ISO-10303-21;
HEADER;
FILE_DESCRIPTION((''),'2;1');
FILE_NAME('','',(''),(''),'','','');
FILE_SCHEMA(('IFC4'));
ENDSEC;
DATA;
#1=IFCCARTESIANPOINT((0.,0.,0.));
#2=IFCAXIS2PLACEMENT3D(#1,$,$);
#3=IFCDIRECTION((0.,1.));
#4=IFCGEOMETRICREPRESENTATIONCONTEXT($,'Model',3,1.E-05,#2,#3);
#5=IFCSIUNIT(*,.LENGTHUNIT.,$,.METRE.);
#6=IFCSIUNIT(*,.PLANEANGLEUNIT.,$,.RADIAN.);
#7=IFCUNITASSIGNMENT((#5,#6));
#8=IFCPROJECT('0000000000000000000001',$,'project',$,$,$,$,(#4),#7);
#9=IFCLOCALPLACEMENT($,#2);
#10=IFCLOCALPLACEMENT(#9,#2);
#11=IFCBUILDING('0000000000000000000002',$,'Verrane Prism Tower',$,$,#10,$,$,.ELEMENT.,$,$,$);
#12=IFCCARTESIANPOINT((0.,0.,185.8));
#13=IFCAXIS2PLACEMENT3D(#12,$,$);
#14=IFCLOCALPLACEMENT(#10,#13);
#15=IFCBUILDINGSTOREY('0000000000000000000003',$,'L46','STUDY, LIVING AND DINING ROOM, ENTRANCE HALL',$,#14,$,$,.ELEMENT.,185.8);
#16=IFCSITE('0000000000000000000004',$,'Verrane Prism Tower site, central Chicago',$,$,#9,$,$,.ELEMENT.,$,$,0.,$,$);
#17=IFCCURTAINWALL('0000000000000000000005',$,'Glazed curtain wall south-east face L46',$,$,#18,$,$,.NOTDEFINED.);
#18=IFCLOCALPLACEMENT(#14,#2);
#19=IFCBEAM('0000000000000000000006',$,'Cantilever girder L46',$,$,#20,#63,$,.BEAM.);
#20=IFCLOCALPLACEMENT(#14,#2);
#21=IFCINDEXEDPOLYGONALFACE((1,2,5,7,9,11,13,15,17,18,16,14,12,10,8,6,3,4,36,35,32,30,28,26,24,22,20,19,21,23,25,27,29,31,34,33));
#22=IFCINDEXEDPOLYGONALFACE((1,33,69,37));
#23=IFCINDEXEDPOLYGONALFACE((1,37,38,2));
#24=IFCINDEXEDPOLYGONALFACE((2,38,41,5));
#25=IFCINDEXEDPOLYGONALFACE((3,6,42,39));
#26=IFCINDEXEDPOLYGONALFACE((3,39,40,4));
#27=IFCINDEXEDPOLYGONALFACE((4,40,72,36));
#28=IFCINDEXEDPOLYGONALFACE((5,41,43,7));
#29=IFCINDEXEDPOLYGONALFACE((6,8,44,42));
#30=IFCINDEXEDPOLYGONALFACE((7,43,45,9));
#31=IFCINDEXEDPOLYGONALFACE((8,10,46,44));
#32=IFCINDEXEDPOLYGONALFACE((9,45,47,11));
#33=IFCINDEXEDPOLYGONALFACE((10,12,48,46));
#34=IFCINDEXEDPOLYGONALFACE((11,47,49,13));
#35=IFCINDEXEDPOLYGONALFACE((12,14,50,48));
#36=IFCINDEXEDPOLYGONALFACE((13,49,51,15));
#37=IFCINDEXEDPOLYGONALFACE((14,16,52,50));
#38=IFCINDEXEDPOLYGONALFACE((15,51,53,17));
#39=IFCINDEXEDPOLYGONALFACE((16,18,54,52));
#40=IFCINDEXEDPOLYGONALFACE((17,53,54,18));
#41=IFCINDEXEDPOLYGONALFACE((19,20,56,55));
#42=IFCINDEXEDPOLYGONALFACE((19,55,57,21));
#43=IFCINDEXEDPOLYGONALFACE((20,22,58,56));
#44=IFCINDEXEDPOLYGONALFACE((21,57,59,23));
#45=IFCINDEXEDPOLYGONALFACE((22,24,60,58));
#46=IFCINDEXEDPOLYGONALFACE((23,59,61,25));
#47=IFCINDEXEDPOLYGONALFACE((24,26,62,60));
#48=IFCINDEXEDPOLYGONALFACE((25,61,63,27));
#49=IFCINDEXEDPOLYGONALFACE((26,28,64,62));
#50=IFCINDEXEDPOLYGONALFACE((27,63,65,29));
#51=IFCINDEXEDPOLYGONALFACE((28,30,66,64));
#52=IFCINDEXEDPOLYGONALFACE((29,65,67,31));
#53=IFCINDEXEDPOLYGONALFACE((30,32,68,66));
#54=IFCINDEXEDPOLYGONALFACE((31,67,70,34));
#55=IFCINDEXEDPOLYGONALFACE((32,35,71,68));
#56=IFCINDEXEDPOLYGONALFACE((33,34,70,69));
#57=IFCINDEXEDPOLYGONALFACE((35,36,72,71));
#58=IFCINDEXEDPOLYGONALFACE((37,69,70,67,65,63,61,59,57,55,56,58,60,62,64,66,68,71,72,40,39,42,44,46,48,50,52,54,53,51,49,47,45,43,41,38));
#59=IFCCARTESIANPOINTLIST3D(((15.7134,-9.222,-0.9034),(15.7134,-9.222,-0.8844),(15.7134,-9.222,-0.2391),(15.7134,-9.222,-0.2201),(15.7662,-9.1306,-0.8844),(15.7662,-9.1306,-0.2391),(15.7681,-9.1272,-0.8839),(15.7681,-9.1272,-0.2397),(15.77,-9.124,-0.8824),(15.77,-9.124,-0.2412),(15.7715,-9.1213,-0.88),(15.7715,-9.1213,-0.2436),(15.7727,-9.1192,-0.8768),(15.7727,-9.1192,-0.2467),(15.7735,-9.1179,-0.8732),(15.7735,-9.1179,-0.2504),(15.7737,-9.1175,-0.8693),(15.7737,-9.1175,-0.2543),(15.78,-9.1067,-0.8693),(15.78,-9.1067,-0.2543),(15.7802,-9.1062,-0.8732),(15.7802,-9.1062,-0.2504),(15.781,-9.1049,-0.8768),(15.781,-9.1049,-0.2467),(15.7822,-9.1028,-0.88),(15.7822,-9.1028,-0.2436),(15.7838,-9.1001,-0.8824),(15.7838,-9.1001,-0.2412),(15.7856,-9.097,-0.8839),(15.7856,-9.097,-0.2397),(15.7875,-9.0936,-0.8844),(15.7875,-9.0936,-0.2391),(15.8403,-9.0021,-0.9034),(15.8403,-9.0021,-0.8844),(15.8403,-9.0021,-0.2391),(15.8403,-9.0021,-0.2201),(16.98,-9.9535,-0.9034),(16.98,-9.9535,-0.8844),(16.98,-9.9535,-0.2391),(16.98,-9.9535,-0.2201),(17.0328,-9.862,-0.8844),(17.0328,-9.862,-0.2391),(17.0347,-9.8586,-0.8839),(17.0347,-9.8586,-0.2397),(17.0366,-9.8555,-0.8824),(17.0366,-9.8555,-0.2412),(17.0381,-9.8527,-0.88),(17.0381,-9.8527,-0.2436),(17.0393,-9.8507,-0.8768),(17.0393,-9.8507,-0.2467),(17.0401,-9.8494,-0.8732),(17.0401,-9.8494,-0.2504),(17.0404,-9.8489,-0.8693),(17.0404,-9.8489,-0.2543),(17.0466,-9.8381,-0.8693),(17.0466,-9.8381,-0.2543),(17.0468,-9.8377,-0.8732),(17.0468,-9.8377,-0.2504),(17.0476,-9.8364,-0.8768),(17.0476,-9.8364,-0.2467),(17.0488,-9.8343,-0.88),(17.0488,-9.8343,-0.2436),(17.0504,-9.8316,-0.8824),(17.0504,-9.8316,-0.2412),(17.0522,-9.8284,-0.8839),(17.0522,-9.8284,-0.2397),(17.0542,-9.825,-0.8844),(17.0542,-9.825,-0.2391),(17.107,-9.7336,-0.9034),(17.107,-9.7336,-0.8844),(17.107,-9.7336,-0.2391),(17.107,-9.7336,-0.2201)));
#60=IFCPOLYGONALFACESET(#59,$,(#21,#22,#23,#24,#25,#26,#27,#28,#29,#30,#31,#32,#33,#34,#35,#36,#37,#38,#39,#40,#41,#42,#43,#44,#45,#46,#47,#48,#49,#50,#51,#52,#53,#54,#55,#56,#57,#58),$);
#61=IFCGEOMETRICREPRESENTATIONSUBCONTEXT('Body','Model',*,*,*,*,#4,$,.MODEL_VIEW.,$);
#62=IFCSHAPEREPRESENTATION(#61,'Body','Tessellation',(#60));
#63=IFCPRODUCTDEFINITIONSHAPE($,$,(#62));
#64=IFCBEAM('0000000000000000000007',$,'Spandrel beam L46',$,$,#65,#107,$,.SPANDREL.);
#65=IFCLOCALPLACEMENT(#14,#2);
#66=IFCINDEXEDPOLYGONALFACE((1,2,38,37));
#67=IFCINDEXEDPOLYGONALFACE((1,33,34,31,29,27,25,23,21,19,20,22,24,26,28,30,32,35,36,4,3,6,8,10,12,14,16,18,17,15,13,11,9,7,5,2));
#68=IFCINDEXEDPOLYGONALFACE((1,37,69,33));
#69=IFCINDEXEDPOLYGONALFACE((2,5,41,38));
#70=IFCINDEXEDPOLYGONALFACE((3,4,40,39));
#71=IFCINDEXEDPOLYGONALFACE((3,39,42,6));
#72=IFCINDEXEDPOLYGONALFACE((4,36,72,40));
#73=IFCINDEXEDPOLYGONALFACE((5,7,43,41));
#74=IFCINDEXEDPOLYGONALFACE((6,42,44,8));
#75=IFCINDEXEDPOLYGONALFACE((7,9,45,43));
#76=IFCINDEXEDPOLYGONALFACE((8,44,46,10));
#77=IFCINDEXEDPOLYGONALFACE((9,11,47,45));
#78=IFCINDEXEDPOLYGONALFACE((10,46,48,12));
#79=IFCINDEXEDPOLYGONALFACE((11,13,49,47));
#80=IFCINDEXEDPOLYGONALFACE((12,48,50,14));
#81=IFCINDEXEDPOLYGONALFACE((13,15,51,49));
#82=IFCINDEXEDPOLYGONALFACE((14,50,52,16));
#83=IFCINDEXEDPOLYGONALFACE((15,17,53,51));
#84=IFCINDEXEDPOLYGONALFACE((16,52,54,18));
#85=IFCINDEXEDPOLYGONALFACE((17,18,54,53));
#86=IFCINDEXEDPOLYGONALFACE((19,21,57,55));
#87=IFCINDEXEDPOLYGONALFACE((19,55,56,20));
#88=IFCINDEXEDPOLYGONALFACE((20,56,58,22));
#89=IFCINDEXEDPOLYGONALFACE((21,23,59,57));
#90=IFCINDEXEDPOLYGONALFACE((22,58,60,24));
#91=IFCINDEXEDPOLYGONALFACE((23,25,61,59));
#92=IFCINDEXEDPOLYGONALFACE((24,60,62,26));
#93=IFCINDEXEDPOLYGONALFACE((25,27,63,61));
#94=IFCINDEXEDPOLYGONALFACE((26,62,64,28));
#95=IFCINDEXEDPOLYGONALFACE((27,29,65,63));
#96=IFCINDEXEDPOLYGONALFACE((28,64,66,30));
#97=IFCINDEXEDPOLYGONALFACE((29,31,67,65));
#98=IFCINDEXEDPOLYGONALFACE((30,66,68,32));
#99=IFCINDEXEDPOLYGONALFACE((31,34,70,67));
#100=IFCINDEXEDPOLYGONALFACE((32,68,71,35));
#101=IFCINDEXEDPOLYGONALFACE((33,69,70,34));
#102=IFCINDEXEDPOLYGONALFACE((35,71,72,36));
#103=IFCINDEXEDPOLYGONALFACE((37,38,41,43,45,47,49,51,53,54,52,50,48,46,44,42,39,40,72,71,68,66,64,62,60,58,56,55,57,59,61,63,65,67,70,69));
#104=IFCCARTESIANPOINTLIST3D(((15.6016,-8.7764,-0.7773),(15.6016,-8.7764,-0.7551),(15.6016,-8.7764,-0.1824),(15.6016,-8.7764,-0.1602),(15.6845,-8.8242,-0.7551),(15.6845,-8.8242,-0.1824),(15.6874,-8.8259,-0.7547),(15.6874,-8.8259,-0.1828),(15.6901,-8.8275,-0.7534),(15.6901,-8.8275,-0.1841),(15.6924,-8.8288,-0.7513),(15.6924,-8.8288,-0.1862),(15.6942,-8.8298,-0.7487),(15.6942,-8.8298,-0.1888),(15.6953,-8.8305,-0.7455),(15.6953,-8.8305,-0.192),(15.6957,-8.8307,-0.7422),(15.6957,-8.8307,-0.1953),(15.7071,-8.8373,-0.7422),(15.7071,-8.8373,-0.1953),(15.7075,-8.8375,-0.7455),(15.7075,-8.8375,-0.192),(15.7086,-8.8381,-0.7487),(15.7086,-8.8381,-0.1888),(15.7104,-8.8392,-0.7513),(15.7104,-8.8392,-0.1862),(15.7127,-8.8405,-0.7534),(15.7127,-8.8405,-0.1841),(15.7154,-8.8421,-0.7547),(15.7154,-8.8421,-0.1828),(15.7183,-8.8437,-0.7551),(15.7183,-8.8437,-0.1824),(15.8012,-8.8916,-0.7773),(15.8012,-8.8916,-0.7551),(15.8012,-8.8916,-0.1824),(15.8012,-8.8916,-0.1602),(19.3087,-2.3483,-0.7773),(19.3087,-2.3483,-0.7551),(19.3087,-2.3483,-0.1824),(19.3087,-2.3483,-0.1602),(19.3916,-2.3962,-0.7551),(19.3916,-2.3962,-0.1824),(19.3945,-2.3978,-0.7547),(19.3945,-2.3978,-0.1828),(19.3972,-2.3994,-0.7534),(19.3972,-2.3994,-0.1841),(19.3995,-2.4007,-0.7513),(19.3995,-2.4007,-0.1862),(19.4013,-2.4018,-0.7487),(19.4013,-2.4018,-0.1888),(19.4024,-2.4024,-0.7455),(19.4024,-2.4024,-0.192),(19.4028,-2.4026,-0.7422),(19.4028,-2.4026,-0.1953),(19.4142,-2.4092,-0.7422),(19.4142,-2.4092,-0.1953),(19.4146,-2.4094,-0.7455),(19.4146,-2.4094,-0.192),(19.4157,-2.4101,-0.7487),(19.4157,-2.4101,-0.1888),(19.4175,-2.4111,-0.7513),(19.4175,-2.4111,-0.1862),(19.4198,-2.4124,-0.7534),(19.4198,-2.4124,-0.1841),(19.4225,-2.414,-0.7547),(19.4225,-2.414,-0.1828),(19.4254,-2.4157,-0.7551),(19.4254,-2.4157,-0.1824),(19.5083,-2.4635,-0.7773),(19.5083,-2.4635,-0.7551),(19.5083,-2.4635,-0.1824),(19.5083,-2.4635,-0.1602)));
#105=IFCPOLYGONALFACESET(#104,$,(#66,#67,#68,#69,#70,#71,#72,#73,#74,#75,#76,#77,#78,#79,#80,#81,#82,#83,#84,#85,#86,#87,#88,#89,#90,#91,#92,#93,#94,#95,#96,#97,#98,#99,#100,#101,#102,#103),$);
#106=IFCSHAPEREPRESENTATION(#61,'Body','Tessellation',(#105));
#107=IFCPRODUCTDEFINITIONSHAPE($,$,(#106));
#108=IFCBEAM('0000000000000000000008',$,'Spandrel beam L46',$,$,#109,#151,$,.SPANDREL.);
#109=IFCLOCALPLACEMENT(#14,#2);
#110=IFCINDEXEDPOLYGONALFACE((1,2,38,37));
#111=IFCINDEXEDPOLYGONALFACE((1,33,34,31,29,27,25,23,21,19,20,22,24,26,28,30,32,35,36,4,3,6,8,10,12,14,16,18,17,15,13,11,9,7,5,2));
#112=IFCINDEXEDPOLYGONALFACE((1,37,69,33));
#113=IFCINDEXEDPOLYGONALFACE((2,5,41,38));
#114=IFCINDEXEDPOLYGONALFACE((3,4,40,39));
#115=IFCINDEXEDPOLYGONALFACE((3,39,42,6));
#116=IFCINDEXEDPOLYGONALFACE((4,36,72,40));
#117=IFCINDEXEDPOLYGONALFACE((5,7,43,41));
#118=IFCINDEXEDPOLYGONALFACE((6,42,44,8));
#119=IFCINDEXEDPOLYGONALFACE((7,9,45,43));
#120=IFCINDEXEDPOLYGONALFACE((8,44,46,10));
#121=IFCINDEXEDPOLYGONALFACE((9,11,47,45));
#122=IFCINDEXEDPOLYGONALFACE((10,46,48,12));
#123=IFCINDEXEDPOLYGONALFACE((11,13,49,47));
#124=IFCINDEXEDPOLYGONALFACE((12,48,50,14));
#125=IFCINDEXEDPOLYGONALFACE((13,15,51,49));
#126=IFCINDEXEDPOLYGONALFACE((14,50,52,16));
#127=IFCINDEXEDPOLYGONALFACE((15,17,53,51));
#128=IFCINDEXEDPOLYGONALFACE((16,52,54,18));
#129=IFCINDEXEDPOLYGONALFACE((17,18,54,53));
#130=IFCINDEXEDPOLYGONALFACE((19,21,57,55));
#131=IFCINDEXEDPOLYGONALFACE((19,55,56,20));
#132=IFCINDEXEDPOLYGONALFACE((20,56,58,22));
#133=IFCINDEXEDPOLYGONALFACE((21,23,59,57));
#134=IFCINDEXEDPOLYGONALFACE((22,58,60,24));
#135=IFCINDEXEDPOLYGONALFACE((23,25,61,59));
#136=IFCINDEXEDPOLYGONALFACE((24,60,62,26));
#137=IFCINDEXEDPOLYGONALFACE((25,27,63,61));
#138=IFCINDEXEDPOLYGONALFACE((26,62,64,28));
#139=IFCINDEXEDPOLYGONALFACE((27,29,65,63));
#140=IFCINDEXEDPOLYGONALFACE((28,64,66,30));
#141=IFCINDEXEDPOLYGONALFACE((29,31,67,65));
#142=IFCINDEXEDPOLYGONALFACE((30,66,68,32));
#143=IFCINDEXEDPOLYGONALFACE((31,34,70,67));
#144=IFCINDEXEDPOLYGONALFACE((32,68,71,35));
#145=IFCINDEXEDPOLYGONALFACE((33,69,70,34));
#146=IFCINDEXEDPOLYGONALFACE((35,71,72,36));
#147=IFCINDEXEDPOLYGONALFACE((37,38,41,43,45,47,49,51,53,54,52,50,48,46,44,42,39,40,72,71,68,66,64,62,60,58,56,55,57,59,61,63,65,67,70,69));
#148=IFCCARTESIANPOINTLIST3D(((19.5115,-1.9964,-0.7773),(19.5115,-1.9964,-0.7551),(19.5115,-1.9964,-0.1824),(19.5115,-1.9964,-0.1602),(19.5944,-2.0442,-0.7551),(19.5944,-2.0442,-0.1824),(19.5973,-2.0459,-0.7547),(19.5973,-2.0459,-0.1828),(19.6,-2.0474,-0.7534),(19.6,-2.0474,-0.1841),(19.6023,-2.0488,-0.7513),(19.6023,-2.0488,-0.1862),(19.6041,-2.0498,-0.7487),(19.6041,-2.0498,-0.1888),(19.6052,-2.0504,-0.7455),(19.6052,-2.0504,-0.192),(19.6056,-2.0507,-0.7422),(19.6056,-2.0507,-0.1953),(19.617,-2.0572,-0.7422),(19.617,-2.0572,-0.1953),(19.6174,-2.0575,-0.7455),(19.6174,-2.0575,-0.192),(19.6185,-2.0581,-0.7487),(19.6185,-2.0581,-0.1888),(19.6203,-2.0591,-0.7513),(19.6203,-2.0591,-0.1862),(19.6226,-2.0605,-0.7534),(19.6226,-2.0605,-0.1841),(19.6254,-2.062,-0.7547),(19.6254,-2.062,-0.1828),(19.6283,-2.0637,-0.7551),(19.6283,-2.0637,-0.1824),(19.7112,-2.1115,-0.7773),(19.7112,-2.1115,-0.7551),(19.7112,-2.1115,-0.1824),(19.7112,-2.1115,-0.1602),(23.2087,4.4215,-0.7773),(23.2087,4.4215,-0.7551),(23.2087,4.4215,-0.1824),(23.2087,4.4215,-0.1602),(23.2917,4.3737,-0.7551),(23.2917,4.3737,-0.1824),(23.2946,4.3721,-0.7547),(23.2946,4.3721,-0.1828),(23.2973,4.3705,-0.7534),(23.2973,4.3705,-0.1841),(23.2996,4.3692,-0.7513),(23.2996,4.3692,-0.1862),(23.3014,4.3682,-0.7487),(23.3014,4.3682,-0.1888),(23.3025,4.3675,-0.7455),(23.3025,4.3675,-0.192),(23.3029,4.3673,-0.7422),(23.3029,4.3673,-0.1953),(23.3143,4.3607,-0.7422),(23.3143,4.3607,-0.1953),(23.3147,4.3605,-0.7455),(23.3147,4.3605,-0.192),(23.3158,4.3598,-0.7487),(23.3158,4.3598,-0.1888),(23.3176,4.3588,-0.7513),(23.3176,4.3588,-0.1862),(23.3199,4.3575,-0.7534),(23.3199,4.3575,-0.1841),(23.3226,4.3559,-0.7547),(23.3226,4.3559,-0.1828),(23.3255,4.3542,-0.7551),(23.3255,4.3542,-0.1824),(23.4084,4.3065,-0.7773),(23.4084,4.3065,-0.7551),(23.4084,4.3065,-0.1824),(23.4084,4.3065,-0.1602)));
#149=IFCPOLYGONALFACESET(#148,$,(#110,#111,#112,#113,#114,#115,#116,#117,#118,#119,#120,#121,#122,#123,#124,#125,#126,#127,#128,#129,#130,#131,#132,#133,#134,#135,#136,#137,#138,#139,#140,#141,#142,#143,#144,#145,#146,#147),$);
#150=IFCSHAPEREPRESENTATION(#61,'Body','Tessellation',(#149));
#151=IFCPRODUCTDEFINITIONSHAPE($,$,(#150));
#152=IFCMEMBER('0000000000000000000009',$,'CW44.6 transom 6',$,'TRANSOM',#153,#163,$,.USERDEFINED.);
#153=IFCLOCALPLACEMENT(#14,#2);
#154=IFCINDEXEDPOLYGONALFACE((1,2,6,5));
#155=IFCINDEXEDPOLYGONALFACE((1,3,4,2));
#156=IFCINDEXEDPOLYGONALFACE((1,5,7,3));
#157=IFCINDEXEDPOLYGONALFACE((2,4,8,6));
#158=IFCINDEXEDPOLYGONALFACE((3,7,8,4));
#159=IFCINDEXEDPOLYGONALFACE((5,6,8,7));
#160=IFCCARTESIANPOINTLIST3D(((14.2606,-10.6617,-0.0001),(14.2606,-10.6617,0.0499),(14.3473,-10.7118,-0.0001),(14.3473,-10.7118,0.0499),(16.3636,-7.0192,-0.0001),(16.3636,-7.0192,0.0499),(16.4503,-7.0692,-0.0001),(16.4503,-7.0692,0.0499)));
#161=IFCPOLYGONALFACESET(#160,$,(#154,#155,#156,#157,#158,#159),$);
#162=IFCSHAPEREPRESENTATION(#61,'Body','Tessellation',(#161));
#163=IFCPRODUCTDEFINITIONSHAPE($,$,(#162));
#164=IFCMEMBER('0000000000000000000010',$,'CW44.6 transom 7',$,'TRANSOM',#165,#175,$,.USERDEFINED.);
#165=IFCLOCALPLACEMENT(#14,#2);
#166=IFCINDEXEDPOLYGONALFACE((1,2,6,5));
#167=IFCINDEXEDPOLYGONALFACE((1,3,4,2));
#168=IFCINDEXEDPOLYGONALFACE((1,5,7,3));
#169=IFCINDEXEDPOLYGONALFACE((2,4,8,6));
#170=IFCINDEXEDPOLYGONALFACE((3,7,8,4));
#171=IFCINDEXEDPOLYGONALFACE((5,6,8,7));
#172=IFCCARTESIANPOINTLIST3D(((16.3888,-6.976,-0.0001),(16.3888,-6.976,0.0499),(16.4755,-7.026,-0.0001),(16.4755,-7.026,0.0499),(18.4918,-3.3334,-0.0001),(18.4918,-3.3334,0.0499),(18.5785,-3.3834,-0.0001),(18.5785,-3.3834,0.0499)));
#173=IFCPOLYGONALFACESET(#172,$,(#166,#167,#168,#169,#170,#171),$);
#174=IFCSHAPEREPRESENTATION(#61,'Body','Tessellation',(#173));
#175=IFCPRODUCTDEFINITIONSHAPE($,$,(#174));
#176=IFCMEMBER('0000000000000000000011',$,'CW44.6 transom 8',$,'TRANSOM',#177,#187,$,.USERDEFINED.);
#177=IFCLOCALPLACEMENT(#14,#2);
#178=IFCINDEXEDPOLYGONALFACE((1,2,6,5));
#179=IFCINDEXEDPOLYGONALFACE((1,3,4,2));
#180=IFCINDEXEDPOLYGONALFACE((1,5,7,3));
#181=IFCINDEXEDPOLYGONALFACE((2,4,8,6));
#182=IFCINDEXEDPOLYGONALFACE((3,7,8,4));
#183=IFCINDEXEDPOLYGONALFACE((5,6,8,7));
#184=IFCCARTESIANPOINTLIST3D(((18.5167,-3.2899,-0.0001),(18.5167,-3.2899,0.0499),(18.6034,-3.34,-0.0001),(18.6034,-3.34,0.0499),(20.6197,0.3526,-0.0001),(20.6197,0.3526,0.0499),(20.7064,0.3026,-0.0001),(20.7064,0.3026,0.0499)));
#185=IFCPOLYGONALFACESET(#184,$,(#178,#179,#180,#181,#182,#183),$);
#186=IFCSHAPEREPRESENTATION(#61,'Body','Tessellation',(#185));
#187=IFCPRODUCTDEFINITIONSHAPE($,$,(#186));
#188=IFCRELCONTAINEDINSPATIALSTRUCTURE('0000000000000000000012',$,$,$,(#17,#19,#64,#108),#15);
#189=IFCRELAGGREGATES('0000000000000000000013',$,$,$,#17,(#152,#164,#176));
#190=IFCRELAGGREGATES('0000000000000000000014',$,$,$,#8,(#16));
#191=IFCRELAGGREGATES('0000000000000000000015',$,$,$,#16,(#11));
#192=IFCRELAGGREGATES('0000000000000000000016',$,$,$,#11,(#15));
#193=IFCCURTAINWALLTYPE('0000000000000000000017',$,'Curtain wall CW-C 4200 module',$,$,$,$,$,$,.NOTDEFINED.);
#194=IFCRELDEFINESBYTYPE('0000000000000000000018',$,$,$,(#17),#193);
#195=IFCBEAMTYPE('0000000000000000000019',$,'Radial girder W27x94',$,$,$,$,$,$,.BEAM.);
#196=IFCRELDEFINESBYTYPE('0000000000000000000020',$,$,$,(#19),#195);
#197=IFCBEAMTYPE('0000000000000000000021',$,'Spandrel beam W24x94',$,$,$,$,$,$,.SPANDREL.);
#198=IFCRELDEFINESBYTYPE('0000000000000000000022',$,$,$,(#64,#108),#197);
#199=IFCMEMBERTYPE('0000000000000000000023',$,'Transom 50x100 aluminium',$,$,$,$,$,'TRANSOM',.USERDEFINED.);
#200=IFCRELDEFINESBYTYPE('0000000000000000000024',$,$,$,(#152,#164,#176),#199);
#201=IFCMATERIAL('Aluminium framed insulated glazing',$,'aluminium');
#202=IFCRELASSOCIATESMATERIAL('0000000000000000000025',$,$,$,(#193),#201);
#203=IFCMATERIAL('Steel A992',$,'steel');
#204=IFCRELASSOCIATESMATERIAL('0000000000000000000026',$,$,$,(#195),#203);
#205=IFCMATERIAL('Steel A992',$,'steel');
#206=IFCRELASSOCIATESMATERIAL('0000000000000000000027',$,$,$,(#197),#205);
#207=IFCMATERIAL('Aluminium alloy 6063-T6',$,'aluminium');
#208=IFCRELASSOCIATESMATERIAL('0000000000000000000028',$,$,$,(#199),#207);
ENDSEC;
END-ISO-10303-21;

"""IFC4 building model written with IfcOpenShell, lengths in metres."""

from ifc_helpers import new_model, si_unit, direction, frame, origin, origin_2d, place, context, subcontext, project, spatial, rectangle, i_section, extrude, material, material_profile, profile_set, type_object, element, aggregate, save


model = new_model("IFC4")

# Units and contexts
model_context = context("Model", 3, precision=1e-05, world=origin(), true_north=direction((0.0, 1.0)))
body_context = subcontext(model_context, "Body", "Model", "MODEL_VIEW")
ifc_project = project(units=[si_unit("LENGTHUNIT", "METRE"), si_unit("PLANEANGLEUNIT", "RADIAN")], contexts=[model_context])

# Site, building, storey
site_placement = place(None, origin())
site = spatial("IfcSite", under=ifc_project, at=site_placement, Name="Verrane Prism Tower site, central Chicago", CompositionType="ELEMENT", RefElevation=0.0)
building_placement = place(site_placement, origin())
building = spatial("IfcBuilding", under=site, at=building_placement, Name="Verrane Prism Tower", CompositionType="ELEMENT")
storey_placement = place(building_placement, frame((0.0, 0.0, 185.8)))
storey = spatial("IfcBuildingStorey", under=building, at=storey_placement, Name="L46", Description="STUDY, LIVING AND DINING ROOM, ENTRANCE HALL", CompositionType="ELEMENT", Elevation=185.8)

# Curtain wall
ifc_material_1 = material(Name="Aluminium framed insulated glazing", Category="aluminium")
curtain_wall_type = type_object("IfcCurtainWallType", Name="Curtain wall CW-C 4200 module", PredefinedType="NOTDEFINED", material=ifc_material_1)
curtain_wall_placement = place(storey_placement, origin())
curtain_wall = element("IfcCurtainWall", 1, at=curtain_wall_placement, inside=storey, type_object=curtain_wall_type, Name="Glazed curtain wall south-east face L46", PredefinedType="NOTDEFINED")

# Beams
ifc_material_2 = material(Name="Steel A992", Category="steel")
ifc_material_profile_1 = material_profile(ifc_material_2, i_section(OverallWidth=0.2539, OverallDepth=0.6833, WebThickness=0.0125, FlangeThickness=0.019, FilletRadius=0.0151, at=origin_2d()), Name="W27x94")
ifc_profile_set_1 = profile_set([ifc_material_profile_1], Name="Steel A992")
beam_type_1 = type_object("IfcBeamType", Name="Radial girder W27x94", PredefinedType="BEAM", material=ifc_profile_set_1)
beam_1_placement = place(storey_placement, frame((15.7769, -9.1121, -0.5618), z_axis=(0.865974, -0.500088, 0.0), x_axis=(0.500088, 0.865974, 0.0)))
element("IfcBeam", 2, at=beam_1_placement, inside=storey, type_object=beam_type_1, Name="Cantilever girder L46", PredefinedType="BEAM", context=body_context, shape_type="SweptSolid", body=[
    extrude(i_section(OverallWidth=0.2539, OverallDepth=0.6833, WebThickness=0.0125, FlangeThickness=0.019, FilletRadius=0.0151, at=origin_2d()), origin(), (0.0, 0.0, 1.0), 1.4626),
])
ifc_material_3 = material(Name="Steel A992", Category="steel")
ifc_material_profile_2 = material_profile(ifc_material_3, i_section(OverallWidth=0.2305, OverallDepth=0.6172, WebThickness=0.0132, FlangeThickness=0.0222, FilletRadius=0.0129, at=origin_2d()), Name="W24x94")
ifc_profile_set_2 = profile_set([ifc_material_profile_2], Name="Steel A992")
beam_type_2 = type_object("IfcBeamType", Name="Spandrel beam W24x94", PredefinedType="SPANDREL", material=ifc_profile_set_2)
beam_2_placement = place(storey_placement, frame((15.7014, -8.834, -0.4688), z_axis=(0.499579, 0.866268, 0.0), x_axis=(-0.866268, 0.499579, 0.0)))
element("IfcBeam", 3, at=beam_2_placement, inside=storey, type_object=beam_type_2, Name="Spandrel beam L46", PredefinedType="SPANDREL", context=body_context, shape_type="SweptSolid", body=[
    extrude(i_section(OverallWidth=0.2305, OverallDepth=0.6172, WebThickness=0.0132, FlangeThickness=0.0222, FilletRadius=0.0129, at=origin_2d()), origin(), (0.0, 0.0, 1.0), 7.4204),
])
beam_3_placement = place(storey_placement, frame((19.6113, -2.054, -0.4688), z_axis=(0.499174, 0.866501, 0.0), x_axis=(-0.866501, 0.499174, 0.0)))
element("IfcBeam", 4, at=beam_3_placement, inside=storey, type_object=beam_type_2, Name="Spandrel beam L46", PredefinedType="SPANDREL", context=body_context, shape_type="SweptSolid", body=[
    extrude(i_section(OverallWidth=0.2305, OverallDepth=0.6172, WebThickness=0.0132, FlangeThickness=0.0222, FilletRadius=0.0129, at=origin_2d()), origin(), (0.0, 0.0, 1.0), 7.4067),
])

# Members
ifc_material_4 = material(Name="Aluminium alloy 6063-T6", Category="aluminium")
ifc_material_profile_3 = material_profile(ifc_material_4, rectangle(XDim=0.1001, YDim=0.05, at=origin_2d()), Name="Transom 50x100 aluminium")
ifc_profile_set_3 = profile_set([ifc_material_profile_3], Name="Aluminium alloy 6063-T6")
member_type_1 = type_object("IfcMemberType", Name="Transom 50x100 aluminium", ElementType="TRANSOM", PredefinedType="USERDEFINED", material=ifc_profile_set_3)
member_1_placement = place(storey_placement, frame((14.304, -10.6868, 0.0249), z_axis=(0.499997, 0.866027, 0.0), x_axis=(-0.866027, 0.499997, 0.0)))
member_1 = element("IfcMember", 5, at=member_1_placement, type_object=member_type_1, Name="CW44.6 transom 6", ObjectType="TRANSOM", PredefinedType="USERDEFINED", context=body_context, shape_type="SweptSolid", body=[
    extrude(rectangle(XDim=0.1001, YDim=0.05, at=origin_2d()), origin(), (0.0, 0.0, 1.0), 4.2061),
])
member_2_placement = place(storey_placement, frame((16.4321, -7.001, 0.0249), z_axis=(0.499997, 0.866027, 0.0), x_axis=(-0.866027, 0.499997, 0.0)))
member_2 = element("IfcMember", 6, at=member_2_placement, type_object=member_type_1, Name="CW44.6 transom 7", ObjectType="TRANSOM", PredefinedType="USERDEFINED", context=body_context, shape_type="SweptSolid", body=[
    extrude(rectangle(XDim=0.1001, YDim=0.05, at=origin_2d()), origin(), (0.0, 0.0, 1.0), 4.2061),
])
member_3_placement = place(storey_placement, frame((18.5601, -3.3149, 0.0249), z_axis=(0.499997, 0.866027, 0.0), x_axis=(-0.866027, 0.499997, 0.0)))
member_3 = element("IfcMember", 7, at=member_3_placement, type_object=member_type_1, Name="CW44.6 transom 8", ObjectType="TRANSOM", PredefinedType="USERDEFINED", context=body_context, shape_type="SweptSolid", body=[
    extrude(rectangle(XDim=0.1001, YDim=0.05, at=origin_2d()), origin(), (0.0, 0.0, 1.0), 4.2061),
])

aggregate(curtain_wall, [member_1, member_2, member_3])

save(model, "model.ifc")
